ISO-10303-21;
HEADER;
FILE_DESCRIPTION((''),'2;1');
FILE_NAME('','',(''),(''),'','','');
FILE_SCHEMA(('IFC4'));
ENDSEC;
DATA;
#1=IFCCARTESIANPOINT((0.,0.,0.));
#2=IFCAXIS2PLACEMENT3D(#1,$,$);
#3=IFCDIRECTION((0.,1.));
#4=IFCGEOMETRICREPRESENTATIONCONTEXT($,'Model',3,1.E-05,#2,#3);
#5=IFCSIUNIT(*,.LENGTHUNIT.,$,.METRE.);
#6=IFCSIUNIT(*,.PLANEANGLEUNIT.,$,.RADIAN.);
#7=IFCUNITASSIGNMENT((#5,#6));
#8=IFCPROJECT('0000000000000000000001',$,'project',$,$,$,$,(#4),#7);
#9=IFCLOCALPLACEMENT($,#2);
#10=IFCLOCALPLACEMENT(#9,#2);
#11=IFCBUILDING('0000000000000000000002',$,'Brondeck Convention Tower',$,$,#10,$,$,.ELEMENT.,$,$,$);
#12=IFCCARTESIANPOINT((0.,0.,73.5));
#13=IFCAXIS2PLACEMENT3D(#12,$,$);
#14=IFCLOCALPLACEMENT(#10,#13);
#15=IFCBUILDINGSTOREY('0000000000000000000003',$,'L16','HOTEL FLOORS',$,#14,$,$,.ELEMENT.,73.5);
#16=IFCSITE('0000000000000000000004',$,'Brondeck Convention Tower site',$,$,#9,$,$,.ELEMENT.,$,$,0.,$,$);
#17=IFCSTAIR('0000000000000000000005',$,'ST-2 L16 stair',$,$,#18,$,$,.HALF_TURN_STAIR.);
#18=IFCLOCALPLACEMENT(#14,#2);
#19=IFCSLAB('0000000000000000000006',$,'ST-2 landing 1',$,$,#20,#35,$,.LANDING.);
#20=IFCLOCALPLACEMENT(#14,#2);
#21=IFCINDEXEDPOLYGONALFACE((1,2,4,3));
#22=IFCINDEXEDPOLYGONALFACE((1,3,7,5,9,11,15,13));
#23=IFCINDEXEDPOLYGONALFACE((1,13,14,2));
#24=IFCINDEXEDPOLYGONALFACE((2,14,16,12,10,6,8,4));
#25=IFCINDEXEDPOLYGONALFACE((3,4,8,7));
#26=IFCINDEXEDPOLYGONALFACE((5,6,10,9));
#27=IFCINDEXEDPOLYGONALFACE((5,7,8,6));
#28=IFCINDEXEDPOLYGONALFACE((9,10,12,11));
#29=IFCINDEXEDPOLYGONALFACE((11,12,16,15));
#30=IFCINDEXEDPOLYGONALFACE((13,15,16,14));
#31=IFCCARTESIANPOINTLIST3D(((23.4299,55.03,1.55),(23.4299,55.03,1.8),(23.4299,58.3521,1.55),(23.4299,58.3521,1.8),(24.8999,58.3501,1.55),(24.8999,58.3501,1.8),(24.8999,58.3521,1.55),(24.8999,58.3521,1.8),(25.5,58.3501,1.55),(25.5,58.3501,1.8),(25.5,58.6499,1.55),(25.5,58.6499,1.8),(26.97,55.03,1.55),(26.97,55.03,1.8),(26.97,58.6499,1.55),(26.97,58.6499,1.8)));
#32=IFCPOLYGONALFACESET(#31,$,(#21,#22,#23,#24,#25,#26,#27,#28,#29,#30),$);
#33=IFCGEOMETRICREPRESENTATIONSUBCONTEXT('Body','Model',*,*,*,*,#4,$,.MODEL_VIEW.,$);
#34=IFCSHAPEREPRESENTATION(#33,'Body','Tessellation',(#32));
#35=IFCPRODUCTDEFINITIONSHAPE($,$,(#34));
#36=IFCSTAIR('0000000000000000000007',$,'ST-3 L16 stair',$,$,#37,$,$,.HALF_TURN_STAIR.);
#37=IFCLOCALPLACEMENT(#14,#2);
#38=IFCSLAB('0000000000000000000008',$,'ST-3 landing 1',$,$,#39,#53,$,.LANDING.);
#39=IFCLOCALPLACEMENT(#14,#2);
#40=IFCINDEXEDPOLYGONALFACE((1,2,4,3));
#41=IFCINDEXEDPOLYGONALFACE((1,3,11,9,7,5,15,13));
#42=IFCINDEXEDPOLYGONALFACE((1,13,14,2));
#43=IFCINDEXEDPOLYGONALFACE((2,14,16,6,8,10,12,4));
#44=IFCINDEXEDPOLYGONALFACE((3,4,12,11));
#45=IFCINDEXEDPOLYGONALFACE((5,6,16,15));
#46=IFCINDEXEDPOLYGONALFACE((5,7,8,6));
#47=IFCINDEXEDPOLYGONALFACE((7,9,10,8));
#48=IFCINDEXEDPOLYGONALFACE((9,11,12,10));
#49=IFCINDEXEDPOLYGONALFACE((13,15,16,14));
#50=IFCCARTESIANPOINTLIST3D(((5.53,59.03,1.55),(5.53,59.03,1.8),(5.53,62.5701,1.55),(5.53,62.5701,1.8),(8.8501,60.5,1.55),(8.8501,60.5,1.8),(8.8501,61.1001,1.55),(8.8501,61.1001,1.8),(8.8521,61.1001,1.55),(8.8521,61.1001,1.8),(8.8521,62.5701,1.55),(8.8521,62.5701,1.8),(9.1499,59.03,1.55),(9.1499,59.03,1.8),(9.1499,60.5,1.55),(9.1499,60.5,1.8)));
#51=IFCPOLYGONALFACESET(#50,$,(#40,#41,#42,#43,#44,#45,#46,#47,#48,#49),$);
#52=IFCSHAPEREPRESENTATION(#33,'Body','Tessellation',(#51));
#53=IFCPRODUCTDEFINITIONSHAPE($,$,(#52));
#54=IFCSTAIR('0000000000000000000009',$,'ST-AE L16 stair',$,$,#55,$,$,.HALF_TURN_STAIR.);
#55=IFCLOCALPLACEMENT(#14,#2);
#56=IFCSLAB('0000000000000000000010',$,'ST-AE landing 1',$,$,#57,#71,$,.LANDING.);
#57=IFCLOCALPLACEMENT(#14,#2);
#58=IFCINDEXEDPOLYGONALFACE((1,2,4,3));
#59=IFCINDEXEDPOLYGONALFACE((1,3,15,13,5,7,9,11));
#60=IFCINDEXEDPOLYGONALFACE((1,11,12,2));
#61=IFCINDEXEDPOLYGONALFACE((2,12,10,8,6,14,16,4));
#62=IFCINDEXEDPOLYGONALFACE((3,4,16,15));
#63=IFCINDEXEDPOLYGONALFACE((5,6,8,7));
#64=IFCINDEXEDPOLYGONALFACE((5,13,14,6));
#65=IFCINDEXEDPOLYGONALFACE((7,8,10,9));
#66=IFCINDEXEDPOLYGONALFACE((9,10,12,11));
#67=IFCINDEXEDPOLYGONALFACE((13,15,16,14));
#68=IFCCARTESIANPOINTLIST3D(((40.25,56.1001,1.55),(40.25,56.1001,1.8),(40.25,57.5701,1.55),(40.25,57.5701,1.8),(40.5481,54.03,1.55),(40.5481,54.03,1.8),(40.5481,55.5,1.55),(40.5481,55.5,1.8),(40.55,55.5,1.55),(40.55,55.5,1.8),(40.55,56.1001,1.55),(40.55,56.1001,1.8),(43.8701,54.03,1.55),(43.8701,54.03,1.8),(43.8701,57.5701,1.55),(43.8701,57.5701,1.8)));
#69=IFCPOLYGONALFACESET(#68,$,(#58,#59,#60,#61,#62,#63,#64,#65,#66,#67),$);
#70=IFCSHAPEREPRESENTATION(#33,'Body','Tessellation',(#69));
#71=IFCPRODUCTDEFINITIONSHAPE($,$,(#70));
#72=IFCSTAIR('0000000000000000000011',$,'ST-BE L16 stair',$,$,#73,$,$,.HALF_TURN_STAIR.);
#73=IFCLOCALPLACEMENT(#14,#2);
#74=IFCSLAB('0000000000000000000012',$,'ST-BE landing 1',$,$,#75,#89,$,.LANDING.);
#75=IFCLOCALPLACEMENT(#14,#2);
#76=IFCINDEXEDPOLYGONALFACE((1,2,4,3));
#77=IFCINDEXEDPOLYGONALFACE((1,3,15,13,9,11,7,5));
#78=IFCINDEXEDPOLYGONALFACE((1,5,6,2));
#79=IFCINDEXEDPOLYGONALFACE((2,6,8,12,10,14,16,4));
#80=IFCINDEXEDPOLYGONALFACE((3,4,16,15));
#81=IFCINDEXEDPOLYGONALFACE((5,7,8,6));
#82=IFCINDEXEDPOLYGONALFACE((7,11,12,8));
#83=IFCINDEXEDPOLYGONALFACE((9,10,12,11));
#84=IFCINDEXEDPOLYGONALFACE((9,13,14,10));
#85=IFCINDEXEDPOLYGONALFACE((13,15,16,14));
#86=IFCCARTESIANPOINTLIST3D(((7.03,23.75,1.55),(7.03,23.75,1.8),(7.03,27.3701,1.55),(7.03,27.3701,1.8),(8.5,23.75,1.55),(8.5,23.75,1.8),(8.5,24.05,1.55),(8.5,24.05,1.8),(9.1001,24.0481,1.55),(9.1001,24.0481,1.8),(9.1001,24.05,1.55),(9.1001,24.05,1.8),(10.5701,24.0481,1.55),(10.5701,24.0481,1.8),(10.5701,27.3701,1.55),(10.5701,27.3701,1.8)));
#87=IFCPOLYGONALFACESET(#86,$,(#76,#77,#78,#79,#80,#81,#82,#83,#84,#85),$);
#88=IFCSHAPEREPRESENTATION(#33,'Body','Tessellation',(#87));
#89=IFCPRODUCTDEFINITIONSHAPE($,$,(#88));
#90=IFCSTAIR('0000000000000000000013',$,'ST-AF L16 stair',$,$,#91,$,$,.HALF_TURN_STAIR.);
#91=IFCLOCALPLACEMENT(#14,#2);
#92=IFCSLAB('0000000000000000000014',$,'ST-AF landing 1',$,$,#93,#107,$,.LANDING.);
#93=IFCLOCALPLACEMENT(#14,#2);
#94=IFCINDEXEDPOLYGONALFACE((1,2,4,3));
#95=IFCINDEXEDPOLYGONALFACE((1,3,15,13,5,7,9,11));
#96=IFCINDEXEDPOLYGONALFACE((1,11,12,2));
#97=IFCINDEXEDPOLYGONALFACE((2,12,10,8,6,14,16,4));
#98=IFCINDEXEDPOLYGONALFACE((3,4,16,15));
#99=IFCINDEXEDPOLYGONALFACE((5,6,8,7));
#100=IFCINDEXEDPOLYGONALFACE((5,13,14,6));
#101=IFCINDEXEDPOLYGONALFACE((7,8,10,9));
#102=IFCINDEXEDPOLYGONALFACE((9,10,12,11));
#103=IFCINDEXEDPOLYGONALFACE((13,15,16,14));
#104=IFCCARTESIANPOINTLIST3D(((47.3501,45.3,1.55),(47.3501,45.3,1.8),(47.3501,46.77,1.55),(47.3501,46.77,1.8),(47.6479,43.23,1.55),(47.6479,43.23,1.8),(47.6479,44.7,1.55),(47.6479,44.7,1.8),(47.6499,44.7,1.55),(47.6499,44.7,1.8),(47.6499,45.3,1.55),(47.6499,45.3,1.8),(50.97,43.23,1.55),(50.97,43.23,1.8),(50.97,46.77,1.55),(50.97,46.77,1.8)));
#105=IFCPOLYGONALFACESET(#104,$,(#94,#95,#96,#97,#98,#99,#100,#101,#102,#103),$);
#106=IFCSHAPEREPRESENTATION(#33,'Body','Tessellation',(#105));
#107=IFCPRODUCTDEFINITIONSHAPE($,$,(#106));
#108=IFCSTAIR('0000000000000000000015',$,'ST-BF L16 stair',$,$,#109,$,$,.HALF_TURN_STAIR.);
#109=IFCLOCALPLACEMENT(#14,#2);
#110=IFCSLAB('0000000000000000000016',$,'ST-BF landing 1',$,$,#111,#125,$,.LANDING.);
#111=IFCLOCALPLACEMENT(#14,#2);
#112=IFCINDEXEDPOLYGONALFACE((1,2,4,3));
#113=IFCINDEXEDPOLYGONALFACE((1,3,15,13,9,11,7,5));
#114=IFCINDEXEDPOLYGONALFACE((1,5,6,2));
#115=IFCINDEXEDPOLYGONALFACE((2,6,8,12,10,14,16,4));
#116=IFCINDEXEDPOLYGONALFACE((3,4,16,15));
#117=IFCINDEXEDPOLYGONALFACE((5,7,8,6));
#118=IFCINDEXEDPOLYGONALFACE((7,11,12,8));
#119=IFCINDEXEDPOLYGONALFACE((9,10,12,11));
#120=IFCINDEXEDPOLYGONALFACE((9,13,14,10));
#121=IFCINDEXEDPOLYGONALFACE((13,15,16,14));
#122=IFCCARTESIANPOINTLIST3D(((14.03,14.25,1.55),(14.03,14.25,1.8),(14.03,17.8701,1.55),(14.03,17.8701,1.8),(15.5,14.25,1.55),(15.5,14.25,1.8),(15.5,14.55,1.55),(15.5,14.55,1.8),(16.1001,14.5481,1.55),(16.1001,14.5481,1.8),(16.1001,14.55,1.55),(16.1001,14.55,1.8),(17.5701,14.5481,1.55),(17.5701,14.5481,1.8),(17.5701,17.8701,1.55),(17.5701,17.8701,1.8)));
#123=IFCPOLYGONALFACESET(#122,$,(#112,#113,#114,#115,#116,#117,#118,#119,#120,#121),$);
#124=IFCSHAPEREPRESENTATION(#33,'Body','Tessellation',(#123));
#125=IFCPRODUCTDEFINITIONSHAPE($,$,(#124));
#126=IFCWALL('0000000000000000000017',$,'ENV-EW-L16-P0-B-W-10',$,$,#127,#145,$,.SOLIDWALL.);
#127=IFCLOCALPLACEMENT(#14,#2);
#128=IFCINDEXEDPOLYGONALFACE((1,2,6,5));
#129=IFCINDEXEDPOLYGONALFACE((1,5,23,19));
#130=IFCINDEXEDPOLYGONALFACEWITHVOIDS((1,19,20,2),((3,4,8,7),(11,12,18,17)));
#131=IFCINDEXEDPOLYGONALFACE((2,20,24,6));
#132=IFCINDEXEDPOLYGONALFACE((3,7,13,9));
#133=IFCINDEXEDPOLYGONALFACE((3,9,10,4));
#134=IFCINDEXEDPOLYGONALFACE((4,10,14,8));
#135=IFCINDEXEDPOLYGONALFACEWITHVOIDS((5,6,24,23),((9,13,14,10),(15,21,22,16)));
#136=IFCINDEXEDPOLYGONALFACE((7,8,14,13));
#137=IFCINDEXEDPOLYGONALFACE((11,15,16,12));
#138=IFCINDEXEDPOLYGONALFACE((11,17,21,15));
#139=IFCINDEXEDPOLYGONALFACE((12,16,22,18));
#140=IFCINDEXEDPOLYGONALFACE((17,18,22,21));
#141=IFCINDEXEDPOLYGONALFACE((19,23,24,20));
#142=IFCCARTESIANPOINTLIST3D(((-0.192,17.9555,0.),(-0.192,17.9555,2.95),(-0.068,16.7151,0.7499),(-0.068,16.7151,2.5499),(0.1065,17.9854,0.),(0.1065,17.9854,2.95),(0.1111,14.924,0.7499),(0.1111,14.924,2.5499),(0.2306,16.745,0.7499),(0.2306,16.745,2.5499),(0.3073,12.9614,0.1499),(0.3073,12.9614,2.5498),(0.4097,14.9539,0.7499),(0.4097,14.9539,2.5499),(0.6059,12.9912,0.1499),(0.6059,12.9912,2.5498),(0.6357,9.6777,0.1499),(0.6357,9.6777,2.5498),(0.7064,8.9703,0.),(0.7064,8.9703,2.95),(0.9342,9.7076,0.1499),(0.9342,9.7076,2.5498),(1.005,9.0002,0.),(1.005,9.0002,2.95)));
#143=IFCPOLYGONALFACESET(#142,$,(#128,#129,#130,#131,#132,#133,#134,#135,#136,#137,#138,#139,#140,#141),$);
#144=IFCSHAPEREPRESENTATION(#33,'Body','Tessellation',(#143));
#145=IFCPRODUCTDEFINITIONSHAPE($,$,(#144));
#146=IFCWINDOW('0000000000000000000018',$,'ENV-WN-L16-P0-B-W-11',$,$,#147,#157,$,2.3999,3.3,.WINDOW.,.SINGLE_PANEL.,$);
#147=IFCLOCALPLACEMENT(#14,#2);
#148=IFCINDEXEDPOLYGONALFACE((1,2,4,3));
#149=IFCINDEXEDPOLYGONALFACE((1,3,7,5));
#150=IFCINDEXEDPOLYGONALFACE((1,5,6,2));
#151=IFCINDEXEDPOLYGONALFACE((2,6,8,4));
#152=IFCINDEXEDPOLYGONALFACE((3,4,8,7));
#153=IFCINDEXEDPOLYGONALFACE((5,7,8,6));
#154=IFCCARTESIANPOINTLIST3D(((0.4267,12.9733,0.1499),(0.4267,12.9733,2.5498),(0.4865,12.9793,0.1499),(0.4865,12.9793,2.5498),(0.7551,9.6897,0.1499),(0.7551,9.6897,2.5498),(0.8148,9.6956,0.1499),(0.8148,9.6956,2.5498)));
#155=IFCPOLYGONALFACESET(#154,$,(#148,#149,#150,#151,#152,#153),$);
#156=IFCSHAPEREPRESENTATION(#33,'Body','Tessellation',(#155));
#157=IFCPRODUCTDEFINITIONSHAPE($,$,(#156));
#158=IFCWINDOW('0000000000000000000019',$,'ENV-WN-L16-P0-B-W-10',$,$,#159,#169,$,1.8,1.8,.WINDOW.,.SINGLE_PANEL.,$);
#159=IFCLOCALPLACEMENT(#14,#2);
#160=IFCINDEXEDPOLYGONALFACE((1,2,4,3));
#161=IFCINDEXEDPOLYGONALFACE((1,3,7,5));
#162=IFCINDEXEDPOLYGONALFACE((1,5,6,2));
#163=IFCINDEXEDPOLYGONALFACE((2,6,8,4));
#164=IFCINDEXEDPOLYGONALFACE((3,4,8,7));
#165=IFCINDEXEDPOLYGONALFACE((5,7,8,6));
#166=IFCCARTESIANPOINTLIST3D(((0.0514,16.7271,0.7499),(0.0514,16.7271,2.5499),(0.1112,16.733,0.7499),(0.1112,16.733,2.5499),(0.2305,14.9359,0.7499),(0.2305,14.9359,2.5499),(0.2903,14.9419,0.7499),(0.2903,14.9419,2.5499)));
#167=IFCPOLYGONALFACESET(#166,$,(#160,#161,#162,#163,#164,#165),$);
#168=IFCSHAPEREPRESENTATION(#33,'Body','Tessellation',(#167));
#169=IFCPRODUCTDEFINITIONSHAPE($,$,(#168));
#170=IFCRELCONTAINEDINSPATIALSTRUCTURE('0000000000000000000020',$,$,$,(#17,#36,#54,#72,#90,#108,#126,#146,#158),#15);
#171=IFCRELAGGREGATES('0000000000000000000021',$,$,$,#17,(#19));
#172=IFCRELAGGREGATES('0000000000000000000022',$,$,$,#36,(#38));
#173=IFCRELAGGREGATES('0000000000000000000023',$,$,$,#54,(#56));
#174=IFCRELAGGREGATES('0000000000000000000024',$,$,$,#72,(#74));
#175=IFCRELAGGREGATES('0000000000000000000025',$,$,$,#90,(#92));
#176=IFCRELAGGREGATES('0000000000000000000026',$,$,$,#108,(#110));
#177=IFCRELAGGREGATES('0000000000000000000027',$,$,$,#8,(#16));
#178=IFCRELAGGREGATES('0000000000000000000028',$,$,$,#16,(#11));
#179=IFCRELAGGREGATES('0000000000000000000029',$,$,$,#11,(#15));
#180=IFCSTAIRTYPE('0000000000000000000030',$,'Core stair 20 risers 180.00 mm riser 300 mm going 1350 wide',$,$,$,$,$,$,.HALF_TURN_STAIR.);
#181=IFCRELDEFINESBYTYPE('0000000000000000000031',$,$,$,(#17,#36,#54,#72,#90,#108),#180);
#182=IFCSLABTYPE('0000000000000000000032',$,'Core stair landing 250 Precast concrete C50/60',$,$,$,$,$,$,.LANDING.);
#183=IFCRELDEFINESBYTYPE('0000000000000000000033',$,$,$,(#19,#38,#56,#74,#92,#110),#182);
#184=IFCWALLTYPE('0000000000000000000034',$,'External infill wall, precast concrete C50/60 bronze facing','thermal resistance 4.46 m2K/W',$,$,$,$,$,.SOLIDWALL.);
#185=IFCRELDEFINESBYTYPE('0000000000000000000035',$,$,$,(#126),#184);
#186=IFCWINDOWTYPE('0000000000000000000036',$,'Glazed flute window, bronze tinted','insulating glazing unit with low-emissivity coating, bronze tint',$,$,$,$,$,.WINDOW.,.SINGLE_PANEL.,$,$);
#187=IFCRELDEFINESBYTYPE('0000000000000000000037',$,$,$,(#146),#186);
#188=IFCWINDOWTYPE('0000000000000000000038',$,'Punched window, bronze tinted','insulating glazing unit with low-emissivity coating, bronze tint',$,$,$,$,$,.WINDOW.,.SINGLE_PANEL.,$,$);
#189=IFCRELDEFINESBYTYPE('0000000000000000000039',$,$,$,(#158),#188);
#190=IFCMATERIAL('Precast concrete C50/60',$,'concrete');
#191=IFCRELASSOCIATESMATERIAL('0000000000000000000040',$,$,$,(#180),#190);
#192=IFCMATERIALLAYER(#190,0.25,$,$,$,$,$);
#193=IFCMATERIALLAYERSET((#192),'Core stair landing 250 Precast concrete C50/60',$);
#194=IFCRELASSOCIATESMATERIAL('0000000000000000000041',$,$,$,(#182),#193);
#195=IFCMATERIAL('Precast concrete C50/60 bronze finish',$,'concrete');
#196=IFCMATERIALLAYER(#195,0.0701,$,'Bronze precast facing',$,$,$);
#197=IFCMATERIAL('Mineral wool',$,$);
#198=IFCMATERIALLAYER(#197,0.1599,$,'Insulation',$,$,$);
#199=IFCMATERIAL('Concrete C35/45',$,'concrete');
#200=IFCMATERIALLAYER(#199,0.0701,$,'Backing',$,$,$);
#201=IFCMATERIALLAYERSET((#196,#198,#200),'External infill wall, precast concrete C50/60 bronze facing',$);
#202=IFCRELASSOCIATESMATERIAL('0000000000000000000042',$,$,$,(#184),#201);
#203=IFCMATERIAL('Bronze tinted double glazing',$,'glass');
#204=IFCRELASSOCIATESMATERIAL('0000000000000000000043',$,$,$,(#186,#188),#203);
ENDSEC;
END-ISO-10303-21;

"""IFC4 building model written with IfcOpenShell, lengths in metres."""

from ifc_helpers import new_model, si_unit, direction, frame, frame_2d, origin, place, context, subcontext, project, spatial, polyline, rectangle, outline, extrude, material, layer, layer_set, type_object, element, fill, aggregate, save


model = new_model("IFC4")

# Units and contexts
model_context = context("Model", 3, precision=1e-05, world=origin(), true_north=direction((0.0, 1.0)))
body_context = subcontext(model_context, "Body", "Model", "MODEL_VIEW")
ifc_project = project(units=[si_unit("LENGTHUNIT", "METRE"), si_unit("PLANEANGLEUNIT", "RADIAN")], contexts=[model_context])

# Site, building, storey
site_placement = place(None, origin())
site = spatial("IfcSite", under=ifc_project, at=site_placement, Name="Brondeck Convention Tower site", CompositionType="ELEMENT", RefElevation=0.0)
building_placement = place(site_placement, origin())
building = spatial("IfcBuilding", under=site, at=building_placement, Name="Brondeck Convention Tower", CompositionType="ELEMENT")
storey_placement = place(building_placement, frame((0.0, 0.0, 73.5)))
storey = spatial("IfcBuildingStorey", under=building, at=storey_placement, Name="L16", Description="HOTEL FLOORS", CompositionType="ELEMENT", Elevation=73.5)

# Shared definitions
ifc_material_1 = material(Name="Concrete C35/45", Category="concrete")

# Stairs, slabs
ifc_material_2 = material(Name="Precast concrete C50/60", Category="concrete")
stair_type = type_object("IfcStairType", Name="Core stair 20 risers 180.00 mm riser 300 mm going 1350 wide", PredefinedType="HALF_TURN_STAIR", material=ifc_material_2)
ifc_layer_1 = layer(ifc_material_2, 0.25)
ifc_layer_set_1 = layer_set([ifc_layer_1], Name="Core stair landing 250 Precast concrete C50/60")
slab_type_1 = type_object("IfcSlabType", Name="Core stair landing 250 Precast concrete C50/60", PredefinedType="LANDING", material=ifc_layer_set_1)
stair_1_placement = place(storey_placement, origin())
stair_1 = element("IfcStair", 1, at=stair_1_placement, inside=storey, type_object=stair_type, Name="ST-2 L16 stair", PredefinedType="HALF_TURN_STAIR")
slab_1_placement = place(storey_placement, frame((0.0, 0.0, 1.55)))
slab_1 = element("IfcSlab", 2, at=slab_1_placement, type_object=slab_type_1, Name="ST-2 landing 1", PredefinedType="LANDING", context=body_context, shape_type="SweptSolid", body=[
    extrude(outline(polyline([(23.4299, 58.3521), (24.8999, 58.3521), (24.8999, 58.3501), (25.5, 58.3501), (25.5, 58.6499), (26.97, 58.6499), (26.97, 55.03), (23.4299, 55.03), (23.4299, 58.3521)])), origin(), (0.0, 0.0, 1.0), 0.25),
])
aggregate(stair_1, [slab_1])
stair_2_placement = place(storey_placement, origin())
stair_2 = element("IfcStair", 3, at=stair_2_placement, inside=storey, type_object=stair_type, Name="ST-3 L16 stair", PredefinedType="HALF_TURN_STAIR")
slab_2_placement = place(storey_placement, frame((0.0, 0.0, 1.55)))
slab_2 = element("IfcSlab", 4, at=slab_2_placement, type_object=slab_type_1, Name="ST-3 landing 1", PredefinedType="LANDING", context=body_context, shape_type="SweptSolid", body=[
    extrude(outline(polyline([(9.1499, 60.5), (9.1499, 59.03), (5.53, 59.03), (5.53, 62.5701), (8.8521, 62.5701), (8.8521, 61.1001), (8.8501, 61.1001), (8.8501, 60.5), (9.1499, 60.5)])), origin(), (0.0, 0.0, 1.0), 0.25),
])
aggregate(stair_2, [slab_2])
stair_3_placement = place(storey_placement, origin())
stair_3 = element("IfcStair", 5, at=stair_3_placement, inside=storey, type_object=stair_type, Name="ST-AE L16 stair", PredefinedType="HALF_TURN_STAIR")
slab_3_placement = place(storey_placement, frame((0.0, 0.0, 1.55)))
slab_3 = element("IfcSlab", 6, at=slab_3_placement, type_object=slab_type_1, Name="ST-AE landing 1", PredefinedType="LANDING", context=body_context, shape_type="SweptSolid", body=[
    extrude(outline(polyline([(40.5481, 55.5), (40.55, 55.5), (40.55, 56.1001), (40.25, 56.1001), (40.25, 57.5701), (43.8701, 57.5701), (43.8701, 54.03), (40.5481, 54.03), (40.5481, 55.5)])), origin(), (0.0, 0.0, 1.0), 0.25),
])
aggregate(stair_3, [slab_3])
stair_4_placement = place(storey_placement, origin())
stair_4 = element("IfcStair", 7, at=stair_4_placement, inside=storey, type_object=stair_type, Name="ST-BE L16 stair", PredefinedType="HALF_TURN_STAIR")
slab_4_placement = place(storey_placement, frame((0.0, 0.0, 1.55)))
slab_4 = element("IfcSlab", 8, at=slab_4_placement, type_object=slab_type_1, Name="ST-BE landing 1", PredefinedType="LANDING", context=body_context, shape_type="SweptSolid", body=[
    extrude(outline(polyline([(7.03, 23.75), (7.03, 27.3701), (10.5701, 27.3701), (10.5701, 24.0481), (9.1001, 24.0481), (9.1001, 24.05), (8.5, 24.05), (8.5, 23.75), (7.03, 23.75)])), origin(), (0.0, 0.0, 1.0), 0.25),
])
aggregate(stair_4, [slab_4])
stair_5_placement = place(storey_placement, origin())
stair_5 = element("IfcStair", 9, at=stair_5_placement, inside=storey, type_object=stair_type, Name="ST-AF L16 stair", PredefinedType="HALF_TURN_STAIR")
slab_5_placement = place(storey_placement, frame((0.0, 0.0, 1.55)))
slab_5 = element("IfcSlab", 10, at=slab_5_placement, type_object=slab_type_1, Name="ST-AF landing 1", PredefinedType="LANDING", context=body_context, shape_type="SweptSolid", body=[
    extrude(outline(polyline([(47.6479, 44.7), (47.6499, 44.7), (47.6499, 45.3), (47.3501, 45.3), (47.3501, 46.77), (50.97, 46.77), (50.97, 43.23), (47.6479, 43.23), (47.6479, 44.7)])), origin(), (0.0, 0.0, 1.0), 0.25),
])
aggregate(stair_5, [slab_5])
stair_6_placement = place(storey_placement, origin())
stair_6 = element("IfcStair", 11, at=stair_6_placement, inside=storey, type_object=stair_type, Name="ST-BF L16 stair", PredefinedType="HALF_TURN_STAIR")
slab_6_placement = place(storey_placement, frame((0.0, 0.0, 1.55)))
slab_6 = element("IfcSlab", 12, at=slab_6_placement, type_object=slab_type_1, Name="ST-BF landing 1", PredefinedType="LANDING", context=body_context, shape_type="SweptSolid", body=[
    extrude(outline(polyline([(14.03, 14.25), (14.03, 17.8701), (17.5701, 17.8701), (17.5701, 14.5481), (16.1001, 14.5481), (16.1001, 14.55), (15.5, 14.55), (15.5, 14.25), (14.03, 14.25)])), origin(), (0.0, 0.0, 1.0), 0.25),
])
aggregate(stair_6, [slab_6])

# Wall, openings, windows
ifc_material_3 = material(Name="Precast concrete C50/60 bronze finish", Category="concrete")
ifc_layer_2 = layer(ifc_material_3, 0.0701, Name="Bronze precast facing")
ifc_material_4 = material(Name="Mineral wool")
ifc_layer_3 = layer(ifc_material_4, 0.1599, Name="Insulation")
ifc_layer_4 = layer(ifc_material_1, 0.0701, Name="Backing")
ifc_layer_set_2 = layer_set([ifc_layer_2, ifc_layer_3, ifc_layer_4], Name="External infill wall, precast concrete C50/60 bronze facing")
wall_type_1 = type_object("IfcWallType", Name="External infill wall, precast concrete C50/60 bronze facing", Description="thermal resistance 4.46 m2K/W", PredefinedType="SOLIDWALL", material=ifc_layer_set_2)
wall_1_placement = place(storey_placement, frame((0.8557, 8.9851, 0.0), z_axis=(0.0, 0.0, 1.0), x_axis=(-0.099496, 0.995038, 0.0)))
wall_1 = element("IfcWall", 13, at=wall_1_placement, inside=storey, type_object=wall_type_1, Name="ENV-EW-L16-P0-B-W-10", PredefinedType="SOLIDWALL", context=body_context, shape_type="SweptSolid", body=[
    extrude(rectangle(XDim=9.03, YDim=0.3, at=frame_2d((4.5151, 0.0))), origin(), (0.0, 0.0, 1.0), 2.95),
])
opening_1_placement = place(wall_1_placement, frame((0.7112, 0.0, 0.1499)))
opening_1 = element("IfcOpeningElement", 14, at=opening_1_placement, cuts=wall_1, PredefinedType="OPENING", context=body_context, shape_type="SweptSolid", body=[
    extrude(rectangle(XDim=3.3, YDim=2.3999, at=frame_2d((1.6499, 1.2))), frame((0.0, 0.1599, 0.0), z_axis=(0.0, -1.0, 0.0), x_axis=(1.0, 0.0, 0.0)), (0.0, 0.0, 1.0), 0.3201),
])
opening_2_placement = place(wall_1_placement, frame((5.9836, 0.0, 0.75)))
opening_2 = element("IfcOpeningElement", 15, at=opening_2_placement, cuts=wall_1, PredefinedType="OPENING", context=body_context, shape_type="SweptSolid", body=[
    extrude(rectangle(XDim=1.8, YDim=1.8, at=frame_2d((0.8999, 0.8999))), frame((0.0, 0.1599, 0.0), z_axis=(0.0, -1.0, 0.0), x_axis=(1.0, 0.0, 0.0)), (0.0, 0.0, 1.0), 0.3201),
])
ifc_material_5 = material(Name="Bronze tinted double glazing", Category="glass")
window_type_1 = type_object("IfcWindowType", Name="Glazed flute window, bronze tinted", Description="insulating glazing unit with low-emissivity coating, bronze tint", PartitioningType="SINGLE_PANEL", PredefinedType="WINDOW", material=ifc_material_5)
window_1_placement = place(opening_1_placement, origin())
window_1 = element("IfcWindow", 16, at=window_1_placement, inside=storey, type_object=window_type_1, Name="ENV-WN-L16-P0-B-W-11", OverallHeight=2.3999, OverallWidth=3.3, PartitioningType="SINGLE_PANEL", PredefinedType="WINDOW", context=body_context, shape_type="SweptSolid", body=[
    extrude(rectangle(XDim=3.3, YDim=2.3999, at=frame_2d((1.6499, 1.2))), frame((0.0, 0.03, 0.0), z_axis=(0.0, -1.0, 0.0), x_axis=(1.0, 0.0, 0.0)), (0.0, 0.0, 1.0), 0.0601),
])
fill(opening_1, window_1)
window_type_2 = type_object("IfcWindowType", Name="Punched window, bronze tinted", Description="insulating glazing unit with low-emissivity coating, bronze tint", PartitioningType="SINGLE_PANEL", PredefinedType="WINDOW", material=ifc_material_5)
window_2_placement = place(opening_2_placement, origin())
window_2 = element("IfcWindow", 17, at=window_2_placement, inside=storey, type_object=window_type_2, Name="ENV-WN-L16-P0-B-W-10", OverallHeight=1.8, OverallWidth=1.8, PartitioningType="SINGLE_PANEL", PredefinedType="WINDOW", context=body_context, shape_type="SweptSolid", body=[
    extrude(rectangle(XDim=1.8, YDim=1.8, at=frame_2d((0.8999, 0.8999))), frame((0.0, 0.03, 0.0), z_axis=(0.0, -1.0, 0.0), x_axis=(1.0, 0.0, 0.0)), (0.0, 0.0, 1.0), 0.0601),
])
fill(opening_2, window_2)

save(model, "model.ifc")
